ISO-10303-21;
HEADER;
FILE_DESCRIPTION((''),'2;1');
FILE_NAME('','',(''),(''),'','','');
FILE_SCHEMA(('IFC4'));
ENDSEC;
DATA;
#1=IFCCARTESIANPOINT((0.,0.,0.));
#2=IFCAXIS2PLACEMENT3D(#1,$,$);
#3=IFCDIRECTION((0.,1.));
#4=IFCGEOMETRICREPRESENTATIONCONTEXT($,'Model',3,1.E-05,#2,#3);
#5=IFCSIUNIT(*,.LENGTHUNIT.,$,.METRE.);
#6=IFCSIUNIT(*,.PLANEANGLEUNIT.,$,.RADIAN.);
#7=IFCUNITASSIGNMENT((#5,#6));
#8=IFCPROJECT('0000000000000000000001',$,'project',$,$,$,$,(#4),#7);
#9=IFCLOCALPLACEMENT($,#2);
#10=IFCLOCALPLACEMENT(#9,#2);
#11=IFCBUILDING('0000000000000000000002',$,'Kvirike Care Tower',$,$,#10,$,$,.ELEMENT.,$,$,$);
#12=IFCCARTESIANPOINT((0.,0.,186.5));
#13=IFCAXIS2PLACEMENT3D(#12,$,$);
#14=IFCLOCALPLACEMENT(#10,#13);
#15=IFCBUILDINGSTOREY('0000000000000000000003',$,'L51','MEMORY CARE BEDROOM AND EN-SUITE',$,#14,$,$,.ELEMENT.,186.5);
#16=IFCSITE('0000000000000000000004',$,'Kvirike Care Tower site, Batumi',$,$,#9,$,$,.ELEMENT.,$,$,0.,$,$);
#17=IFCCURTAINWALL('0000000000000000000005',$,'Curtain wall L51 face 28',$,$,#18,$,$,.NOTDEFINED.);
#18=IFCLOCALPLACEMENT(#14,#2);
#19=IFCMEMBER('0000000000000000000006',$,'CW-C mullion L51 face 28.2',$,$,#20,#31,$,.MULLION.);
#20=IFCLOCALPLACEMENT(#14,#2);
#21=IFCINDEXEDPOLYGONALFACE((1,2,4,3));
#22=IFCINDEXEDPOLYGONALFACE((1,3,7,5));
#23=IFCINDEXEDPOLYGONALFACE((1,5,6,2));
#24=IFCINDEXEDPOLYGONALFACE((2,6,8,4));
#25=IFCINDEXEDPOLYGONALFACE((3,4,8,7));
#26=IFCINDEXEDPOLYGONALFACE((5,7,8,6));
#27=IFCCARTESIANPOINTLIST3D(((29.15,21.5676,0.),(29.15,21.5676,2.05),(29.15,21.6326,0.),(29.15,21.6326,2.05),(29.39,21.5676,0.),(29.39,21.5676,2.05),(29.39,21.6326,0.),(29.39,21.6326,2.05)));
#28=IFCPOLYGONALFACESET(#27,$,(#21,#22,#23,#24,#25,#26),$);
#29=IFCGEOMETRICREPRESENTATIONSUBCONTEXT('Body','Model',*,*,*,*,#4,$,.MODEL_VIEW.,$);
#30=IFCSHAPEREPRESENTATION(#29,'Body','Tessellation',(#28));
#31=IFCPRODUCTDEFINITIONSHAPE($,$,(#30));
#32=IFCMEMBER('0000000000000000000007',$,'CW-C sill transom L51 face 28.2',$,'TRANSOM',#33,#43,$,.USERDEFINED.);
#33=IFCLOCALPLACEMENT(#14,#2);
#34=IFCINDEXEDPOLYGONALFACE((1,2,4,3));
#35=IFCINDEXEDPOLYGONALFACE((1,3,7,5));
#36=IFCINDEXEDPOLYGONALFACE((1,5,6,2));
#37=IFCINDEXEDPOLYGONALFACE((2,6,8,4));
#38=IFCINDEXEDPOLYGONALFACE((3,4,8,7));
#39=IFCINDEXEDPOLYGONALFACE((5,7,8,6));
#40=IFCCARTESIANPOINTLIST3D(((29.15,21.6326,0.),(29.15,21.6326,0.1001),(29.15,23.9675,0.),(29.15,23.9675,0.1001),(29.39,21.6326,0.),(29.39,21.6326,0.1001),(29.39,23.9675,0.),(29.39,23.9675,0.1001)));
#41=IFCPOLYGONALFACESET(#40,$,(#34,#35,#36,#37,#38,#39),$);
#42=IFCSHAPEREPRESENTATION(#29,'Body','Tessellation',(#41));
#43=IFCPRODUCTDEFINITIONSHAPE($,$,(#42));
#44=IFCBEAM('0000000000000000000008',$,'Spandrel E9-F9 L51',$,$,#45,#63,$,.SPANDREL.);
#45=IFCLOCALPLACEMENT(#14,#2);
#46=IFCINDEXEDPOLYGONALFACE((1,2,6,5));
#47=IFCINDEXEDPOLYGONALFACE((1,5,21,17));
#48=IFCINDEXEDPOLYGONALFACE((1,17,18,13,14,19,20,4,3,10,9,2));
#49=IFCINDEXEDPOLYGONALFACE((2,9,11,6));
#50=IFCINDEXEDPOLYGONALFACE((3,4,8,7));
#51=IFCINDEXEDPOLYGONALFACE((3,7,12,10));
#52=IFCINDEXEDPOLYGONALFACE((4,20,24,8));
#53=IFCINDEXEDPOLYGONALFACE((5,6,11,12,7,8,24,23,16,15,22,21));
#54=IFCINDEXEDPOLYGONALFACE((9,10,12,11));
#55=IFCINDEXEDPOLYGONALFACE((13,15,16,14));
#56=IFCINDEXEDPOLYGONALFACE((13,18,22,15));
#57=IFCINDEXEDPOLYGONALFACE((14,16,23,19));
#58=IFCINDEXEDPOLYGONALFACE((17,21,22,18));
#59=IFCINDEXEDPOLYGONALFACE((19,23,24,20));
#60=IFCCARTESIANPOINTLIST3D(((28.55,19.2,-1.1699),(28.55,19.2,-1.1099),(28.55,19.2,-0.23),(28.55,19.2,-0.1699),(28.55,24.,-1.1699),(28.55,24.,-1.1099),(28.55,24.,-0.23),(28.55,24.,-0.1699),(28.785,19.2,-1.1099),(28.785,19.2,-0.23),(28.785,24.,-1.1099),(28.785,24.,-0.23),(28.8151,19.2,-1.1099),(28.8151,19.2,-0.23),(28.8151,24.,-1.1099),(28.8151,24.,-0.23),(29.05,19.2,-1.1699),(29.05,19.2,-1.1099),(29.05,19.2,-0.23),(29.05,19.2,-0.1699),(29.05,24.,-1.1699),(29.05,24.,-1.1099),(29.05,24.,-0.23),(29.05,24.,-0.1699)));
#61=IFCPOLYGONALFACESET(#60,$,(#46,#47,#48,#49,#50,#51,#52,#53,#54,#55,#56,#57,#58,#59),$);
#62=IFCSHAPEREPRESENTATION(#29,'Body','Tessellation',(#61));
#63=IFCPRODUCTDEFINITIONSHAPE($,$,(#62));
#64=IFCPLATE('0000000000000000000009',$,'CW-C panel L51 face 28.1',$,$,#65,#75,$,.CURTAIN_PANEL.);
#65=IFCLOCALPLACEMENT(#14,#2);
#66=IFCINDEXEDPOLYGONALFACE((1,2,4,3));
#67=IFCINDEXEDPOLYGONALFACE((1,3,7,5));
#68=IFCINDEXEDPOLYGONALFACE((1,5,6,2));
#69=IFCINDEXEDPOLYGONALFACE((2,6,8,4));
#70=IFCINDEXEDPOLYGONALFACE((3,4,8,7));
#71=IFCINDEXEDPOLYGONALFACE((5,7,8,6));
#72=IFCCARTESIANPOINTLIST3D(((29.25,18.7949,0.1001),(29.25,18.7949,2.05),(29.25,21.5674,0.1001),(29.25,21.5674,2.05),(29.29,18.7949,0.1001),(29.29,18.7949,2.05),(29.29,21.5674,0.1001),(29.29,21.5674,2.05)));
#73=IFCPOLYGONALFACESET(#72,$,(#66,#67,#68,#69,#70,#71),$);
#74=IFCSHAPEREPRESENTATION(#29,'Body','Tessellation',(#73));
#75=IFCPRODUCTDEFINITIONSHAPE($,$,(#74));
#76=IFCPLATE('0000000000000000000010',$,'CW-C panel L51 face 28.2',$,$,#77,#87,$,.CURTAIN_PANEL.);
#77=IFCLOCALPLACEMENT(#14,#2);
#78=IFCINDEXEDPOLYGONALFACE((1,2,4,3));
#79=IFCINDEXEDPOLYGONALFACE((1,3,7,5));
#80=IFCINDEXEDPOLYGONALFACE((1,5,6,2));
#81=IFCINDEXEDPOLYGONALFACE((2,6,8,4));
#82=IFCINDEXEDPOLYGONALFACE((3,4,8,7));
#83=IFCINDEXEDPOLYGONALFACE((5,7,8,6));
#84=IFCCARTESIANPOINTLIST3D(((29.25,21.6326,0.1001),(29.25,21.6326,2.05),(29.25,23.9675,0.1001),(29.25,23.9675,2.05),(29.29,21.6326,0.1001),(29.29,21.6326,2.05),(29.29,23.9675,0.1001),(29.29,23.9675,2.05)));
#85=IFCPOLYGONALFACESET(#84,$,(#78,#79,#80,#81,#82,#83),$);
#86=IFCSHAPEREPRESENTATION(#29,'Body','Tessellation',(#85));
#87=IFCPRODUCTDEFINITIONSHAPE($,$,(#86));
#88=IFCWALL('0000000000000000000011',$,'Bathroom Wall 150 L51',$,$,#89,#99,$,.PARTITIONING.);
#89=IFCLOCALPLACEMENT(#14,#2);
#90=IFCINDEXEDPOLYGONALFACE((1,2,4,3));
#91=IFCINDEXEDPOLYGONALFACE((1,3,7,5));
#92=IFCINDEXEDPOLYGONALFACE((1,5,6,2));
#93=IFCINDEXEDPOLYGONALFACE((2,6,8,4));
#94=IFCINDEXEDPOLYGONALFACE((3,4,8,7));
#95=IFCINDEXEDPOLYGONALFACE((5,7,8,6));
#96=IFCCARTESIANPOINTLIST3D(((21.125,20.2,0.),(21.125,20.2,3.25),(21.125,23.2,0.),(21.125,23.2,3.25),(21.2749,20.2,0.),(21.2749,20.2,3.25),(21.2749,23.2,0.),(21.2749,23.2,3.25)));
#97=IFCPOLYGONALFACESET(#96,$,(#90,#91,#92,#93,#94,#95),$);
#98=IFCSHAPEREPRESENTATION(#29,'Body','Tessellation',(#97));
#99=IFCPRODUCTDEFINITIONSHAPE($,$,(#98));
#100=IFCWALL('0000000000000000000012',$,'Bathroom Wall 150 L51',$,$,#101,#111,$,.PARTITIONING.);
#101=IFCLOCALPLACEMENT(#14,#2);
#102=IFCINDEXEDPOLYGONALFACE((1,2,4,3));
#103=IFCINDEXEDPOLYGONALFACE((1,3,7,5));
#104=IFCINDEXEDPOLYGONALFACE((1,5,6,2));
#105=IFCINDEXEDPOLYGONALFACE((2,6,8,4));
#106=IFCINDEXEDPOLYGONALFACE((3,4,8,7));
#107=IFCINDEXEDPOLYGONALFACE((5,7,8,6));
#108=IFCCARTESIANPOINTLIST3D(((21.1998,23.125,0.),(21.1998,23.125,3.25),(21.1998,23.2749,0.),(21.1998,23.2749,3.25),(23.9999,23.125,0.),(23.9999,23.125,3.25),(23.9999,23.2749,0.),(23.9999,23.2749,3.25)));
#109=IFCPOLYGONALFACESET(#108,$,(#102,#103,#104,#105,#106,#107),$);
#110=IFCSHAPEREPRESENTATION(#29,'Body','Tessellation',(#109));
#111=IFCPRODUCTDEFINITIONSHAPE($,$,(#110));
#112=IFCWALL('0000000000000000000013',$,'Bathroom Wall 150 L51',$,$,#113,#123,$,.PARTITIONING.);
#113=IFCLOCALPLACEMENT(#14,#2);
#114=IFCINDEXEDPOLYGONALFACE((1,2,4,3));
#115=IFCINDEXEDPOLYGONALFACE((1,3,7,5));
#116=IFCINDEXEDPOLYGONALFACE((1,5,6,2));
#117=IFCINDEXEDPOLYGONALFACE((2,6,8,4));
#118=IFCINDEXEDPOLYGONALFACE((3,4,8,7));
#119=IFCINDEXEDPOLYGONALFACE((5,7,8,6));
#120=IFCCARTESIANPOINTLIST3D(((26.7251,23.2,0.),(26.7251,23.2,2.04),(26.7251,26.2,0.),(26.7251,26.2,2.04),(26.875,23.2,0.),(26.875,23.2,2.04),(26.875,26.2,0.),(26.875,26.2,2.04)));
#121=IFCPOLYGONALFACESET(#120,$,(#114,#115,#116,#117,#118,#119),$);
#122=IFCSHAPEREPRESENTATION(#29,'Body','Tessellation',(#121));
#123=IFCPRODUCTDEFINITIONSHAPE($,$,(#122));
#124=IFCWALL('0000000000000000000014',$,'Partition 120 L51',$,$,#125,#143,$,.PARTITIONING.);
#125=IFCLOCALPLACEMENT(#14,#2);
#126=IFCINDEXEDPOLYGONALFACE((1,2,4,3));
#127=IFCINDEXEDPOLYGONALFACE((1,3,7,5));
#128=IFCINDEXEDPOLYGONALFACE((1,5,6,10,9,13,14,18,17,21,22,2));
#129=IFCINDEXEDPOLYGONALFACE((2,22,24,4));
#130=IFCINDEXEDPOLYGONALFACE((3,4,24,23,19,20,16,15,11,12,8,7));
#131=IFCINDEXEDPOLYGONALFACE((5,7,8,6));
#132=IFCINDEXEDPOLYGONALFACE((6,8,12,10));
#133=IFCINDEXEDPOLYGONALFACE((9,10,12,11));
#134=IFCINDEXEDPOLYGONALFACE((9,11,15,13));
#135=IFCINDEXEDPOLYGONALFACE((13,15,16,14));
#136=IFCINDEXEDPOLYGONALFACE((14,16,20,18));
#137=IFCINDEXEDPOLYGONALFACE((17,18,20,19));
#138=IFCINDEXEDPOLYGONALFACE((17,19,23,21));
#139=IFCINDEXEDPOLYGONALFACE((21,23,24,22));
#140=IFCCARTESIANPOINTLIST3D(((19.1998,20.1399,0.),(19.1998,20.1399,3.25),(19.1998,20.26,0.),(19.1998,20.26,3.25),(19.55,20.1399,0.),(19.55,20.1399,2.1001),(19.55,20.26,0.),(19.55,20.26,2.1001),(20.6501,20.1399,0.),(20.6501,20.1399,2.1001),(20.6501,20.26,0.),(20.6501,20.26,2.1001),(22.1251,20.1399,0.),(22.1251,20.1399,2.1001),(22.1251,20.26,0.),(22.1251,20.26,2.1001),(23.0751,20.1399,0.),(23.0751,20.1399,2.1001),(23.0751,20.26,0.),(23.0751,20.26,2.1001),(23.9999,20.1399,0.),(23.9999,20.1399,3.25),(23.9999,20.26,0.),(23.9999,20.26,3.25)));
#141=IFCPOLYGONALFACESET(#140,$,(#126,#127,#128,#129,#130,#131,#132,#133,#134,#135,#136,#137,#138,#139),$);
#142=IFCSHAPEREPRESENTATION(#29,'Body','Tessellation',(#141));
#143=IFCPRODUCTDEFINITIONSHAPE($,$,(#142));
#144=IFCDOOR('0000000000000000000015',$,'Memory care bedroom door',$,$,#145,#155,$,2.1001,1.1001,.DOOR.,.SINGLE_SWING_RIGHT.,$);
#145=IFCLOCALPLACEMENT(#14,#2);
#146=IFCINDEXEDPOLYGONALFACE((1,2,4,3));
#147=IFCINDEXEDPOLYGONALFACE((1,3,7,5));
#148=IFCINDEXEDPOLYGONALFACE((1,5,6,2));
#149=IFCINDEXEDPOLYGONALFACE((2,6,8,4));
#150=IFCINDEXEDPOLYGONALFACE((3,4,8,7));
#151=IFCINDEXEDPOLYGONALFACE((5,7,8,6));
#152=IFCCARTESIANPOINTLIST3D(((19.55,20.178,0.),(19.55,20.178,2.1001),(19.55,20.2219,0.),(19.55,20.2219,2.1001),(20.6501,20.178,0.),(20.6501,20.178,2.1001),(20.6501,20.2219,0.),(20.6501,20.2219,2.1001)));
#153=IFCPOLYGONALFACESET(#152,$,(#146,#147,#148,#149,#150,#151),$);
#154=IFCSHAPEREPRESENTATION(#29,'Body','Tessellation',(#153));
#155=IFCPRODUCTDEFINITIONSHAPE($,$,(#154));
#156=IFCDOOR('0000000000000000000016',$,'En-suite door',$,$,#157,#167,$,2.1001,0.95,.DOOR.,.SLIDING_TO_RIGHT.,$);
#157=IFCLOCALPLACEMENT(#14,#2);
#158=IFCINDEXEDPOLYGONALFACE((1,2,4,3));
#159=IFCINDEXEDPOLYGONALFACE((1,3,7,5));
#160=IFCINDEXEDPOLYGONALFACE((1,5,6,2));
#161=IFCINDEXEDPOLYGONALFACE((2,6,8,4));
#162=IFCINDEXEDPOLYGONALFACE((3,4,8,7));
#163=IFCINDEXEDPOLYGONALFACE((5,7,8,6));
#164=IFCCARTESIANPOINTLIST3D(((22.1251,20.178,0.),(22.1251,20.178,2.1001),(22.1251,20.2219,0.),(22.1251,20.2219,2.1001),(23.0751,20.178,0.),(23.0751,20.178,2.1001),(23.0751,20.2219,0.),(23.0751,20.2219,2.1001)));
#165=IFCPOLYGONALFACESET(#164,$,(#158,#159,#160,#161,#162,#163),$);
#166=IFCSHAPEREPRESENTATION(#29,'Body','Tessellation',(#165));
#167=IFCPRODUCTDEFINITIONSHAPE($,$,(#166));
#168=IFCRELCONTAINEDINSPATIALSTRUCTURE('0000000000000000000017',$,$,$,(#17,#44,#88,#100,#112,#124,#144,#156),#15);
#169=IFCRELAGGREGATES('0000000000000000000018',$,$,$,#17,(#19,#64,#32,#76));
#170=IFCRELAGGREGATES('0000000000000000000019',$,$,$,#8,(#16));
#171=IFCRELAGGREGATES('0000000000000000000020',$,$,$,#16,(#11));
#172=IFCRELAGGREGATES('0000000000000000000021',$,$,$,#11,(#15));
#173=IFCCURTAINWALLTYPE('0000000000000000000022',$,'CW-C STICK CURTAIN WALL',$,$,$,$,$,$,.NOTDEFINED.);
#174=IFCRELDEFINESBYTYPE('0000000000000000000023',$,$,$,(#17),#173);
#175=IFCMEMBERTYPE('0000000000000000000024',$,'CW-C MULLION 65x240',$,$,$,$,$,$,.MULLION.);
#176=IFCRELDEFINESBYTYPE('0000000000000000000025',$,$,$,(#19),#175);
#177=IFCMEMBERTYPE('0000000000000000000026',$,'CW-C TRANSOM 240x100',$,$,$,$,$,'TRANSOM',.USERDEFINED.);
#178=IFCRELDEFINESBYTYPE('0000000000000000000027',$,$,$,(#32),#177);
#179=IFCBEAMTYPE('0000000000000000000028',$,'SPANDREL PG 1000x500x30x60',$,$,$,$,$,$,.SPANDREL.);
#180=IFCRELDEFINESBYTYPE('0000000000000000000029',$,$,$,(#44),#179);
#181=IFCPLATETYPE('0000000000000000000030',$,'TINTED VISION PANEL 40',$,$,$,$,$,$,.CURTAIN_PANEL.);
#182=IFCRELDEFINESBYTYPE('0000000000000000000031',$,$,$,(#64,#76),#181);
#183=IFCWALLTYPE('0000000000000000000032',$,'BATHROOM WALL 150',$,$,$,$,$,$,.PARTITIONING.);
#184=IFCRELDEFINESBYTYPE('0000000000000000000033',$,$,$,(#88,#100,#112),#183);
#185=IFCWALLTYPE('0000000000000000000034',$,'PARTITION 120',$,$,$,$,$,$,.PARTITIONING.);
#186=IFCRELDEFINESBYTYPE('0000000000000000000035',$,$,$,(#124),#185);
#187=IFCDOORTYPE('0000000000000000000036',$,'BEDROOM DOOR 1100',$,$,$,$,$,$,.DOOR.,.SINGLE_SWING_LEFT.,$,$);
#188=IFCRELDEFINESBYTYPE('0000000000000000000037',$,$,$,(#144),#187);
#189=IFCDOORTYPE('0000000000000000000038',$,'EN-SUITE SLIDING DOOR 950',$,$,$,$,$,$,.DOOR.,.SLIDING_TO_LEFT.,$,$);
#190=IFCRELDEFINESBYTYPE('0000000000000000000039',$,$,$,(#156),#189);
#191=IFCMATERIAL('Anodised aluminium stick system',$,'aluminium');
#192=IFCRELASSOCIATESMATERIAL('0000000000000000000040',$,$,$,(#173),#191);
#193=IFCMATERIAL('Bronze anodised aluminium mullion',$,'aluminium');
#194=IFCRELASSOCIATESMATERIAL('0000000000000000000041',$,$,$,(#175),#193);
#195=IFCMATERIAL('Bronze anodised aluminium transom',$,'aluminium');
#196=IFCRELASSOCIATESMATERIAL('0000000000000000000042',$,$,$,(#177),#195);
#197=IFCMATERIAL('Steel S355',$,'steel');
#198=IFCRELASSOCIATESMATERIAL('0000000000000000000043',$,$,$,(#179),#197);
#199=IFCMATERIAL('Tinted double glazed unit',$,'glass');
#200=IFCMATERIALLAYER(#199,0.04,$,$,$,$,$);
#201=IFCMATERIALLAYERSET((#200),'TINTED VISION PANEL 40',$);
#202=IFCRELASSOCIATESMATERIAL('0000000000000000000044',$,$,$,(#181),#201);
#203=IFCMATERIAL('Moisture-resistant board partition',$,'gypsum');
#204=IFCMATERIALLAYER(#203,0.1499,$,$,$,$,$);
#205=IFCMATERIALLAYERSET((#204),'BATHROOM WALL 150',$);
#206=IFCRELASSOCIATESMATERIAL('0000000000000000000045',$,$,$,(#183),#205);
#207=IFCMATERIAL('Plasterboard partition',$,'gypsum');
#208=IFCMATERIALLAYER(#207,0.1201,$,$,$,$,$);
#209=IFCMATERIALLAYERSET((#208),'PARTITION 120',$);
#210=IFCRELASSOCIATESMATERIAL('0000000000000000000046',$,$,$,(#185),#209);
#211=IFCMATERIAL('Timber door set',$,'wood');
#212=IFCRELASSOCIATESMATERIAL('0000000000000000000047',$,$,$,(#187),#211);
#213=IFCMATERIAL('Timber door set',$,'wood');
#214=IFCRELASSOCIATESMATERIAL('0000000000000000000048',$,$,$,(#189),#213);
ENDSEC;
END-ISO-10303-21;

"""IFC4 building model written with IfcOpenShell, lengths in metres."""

from ifc_helpers import new_model, si_unit, direction, frame, frame_2d, origin, origin_2d, place, context, subcontext, project, spatial, rectangle, i_section, extrude, material, layer, layer_set, material_profile, profile_set, type_object, element, fill, aggregate, save


model = new_model("IFC4")

# Units and contexts
model_context = context("Model", 3, precision=1e-05, world=origin(), true_north=direction((0.0, 1.0)))
body_context = subcontext(model_context, "Body", "Model", "MODEL_VIEW")
ifc_project = project(units=[si_unit("LENGTHUNIT", "METRE"), si_unit("PLANEANGLEUNIT", "RADIAN")], contexts=[model_context])

# Site, building, storey
site_placement = place(None, origin())
site = spatial("IfcSite", under=ifc_project, at=site_placement, Name="Kvirike Care Tower site, Batumi", CompositionType="ELEMENT", RefElevation=0.0)
building_placement = place(site_placement, origin())
building = spatial("IfcBuilding", under=site, at=building_placement, Name="Kvirike Care Tower", CompositionType="ELEMENT")
storey_placement = place(building_placement, frame((0.0, 0.0, 186.5)))
storey = spatial("IfcBuildingStorey", under=building, at=storey_placement, Name="L51", Description="MEMORY CARE BEDROOM AND EN-SUITE", CompositionType="ELEMENT", Elevation=186.5)

# Curtain wall, members
ifc_material_1 = material(Name="Anodised aluminium stick system", Category="aluminium")
curtain_wall_type = type_object("IfcCurtainWallType", Name="CW-C STICK CURTAIN WALL", PredefinedType="NOTDEFINED", material=ifc_material_1)
curtain_wall_placement = place(storey_placement, origin())
curtain_wall = element("IfcCurtainWall", 1, at=curtain_wall_placement, inside=storey, type_object=curtain_wall_type, Name="Curtain wall L51 face 28", PredefinedType="NOTDEFINED")
ifc_material_2 = material(Name="Bronze anodised aluminium mullion", Category="aluminium")
ifc_material_profile_1 = material_profile(ifc_material_2, rectangle(XDim=0.0649, YDim=0.24, at=origin_2d()), Name="CW-C MULLION 65x240")
ifc_profile_set_1 = profile_set([ifc_material_profile_1], Name="Bronze anodised aluminium mullion")
member_type_1 = type_object("IfcMemberType", Name="CW-C MULLION 65x240", PredefinedType="MULLION", material=ifc_profile_set_1)
member_1_placement = place(storey_placement, frame((29.27, 21.6001, 0.0), z_axis=(0.0, 0.0, 1.0), x_axis=(0.0, 1.0, 0.0)))
member_1 = element("IfcMember", 2, at=member_1_placement, type_object=member_type_1, Name="CW-C mullion L51 face 28.2", PredefinedType="MULLION", context=body_context, shape_type="SweptSolid", body=[
    extrude(rectangle(XDim=0.0649, YDim=0.24, at=origin_2d()), origin(), (0.0, 0.0, 1.0), 2.05),
])
ifc_material_3 = material(Name="Bronze anodised aluminium transom", Category="aluminium")
ifc_material_profile_2 = material_profile(ifc_material_3, rectangle(XDim=0.24, YDim=0.1001, at=origin_2d()), Name="CW-C TRANSOM 240x100")
ifc_profile_set_2 = profile_set([ifc_material_profile_2], Name="Bronze anodised aluminium transom")
member_type_2 = type_object("IfcMemberType", Name="CW-C TRANSOM 240x100", ElementType="TRANSOM", PredefinedType="USERDEFINED", material=ifc_profile_set_2)
member_2_placement = place(storey_placement, frame((29.27, 21.6326, 0.05), z_axis=(0.0, 1.0, 0.0), x_axis=(-1.0, 0.0, 0.0)))
member_2 = element("IfcMember", 3, at=member_2_placement, type_object=member_type_2, Name="CW-C sill transom L51 face 28.2", ObjectType="TRANSOM", PredefinedType="USERDEFINED", context=body_context, shape_type="SweptSolid", body=[
    extrude(rectangle(XDim=0.24, YDim=0.1001, at=origin_2d()), origin(), (0.0, 0.0, 1.0), 2.335),
])

# Beam
ifc_material_4 = material(Name="Steel S355", Category="steel")
ifc_material_profile_3 = material_profile(ifc_material_4, i_section(OverallWidth=0.5, OverallDepth=1.0, WebThickness=0.03, FlangeThickness=0.0601, at=origin_2d()), Name="PG 1000x500x30x60")
ifc_profile_set_3 = profile_set([ifc_material_profile_3], Name="Steel S355")
beam_type = type_object("IfcBeamType", Name="SPANDREL PG 1000x500x30x60", PredefinedType="SPANDREL", material=ifc_profile_set_3)
beam_placement = place(storey_placement, frame((28.8, 19.2, -0.6699), z_axis=(0.0, 1.0, 0.0), x_axis=(-1.0, 0.0, 0.0)))
element("IfcBeam", 4, at=beam_placement, inside=storey, type_object=beam_type, Name="Spandrel E9-F9 L51", PredefinedType="SPANDREL", context=body_context, shape_type="SweptSolid", body=[
    extrude(i_section(OverallWidth=0.5, OverallDepth=1.0, WebThickness=0.03, FlangeThickness=0.0601, at=origin_2d()), origin(), (0.0, 0.0, 1.0), 4.8),
])

# Plates
ifc_material_5 = material(Name="Tinted double glazed unit", Category="glass")
ifc_layer_1 = layer(ifc_material_5, 0.04)
ifc_layer_set_1 = layer_set([ifc_layer_1], Name="TINTED VISION PANEL 40")
plate_type = type_object("IfcPlateType", Name="TINTED VISION PANEL 40", PredefinedType="CURTAIN_PANEL", material=ifc_layer_set_1)
plate_1_placement = place(storey_placement, frame((29.27, 20.1812, 0.1001), z_axis=(0.0, 0.0, 1.0), x_axis=(0.0, 1.0, 0.0)))
plate_1 = element("IfcPlate", 5, at=plate_1_placement, type_object=plate_type, Name="CW-C panel L51 face 28.1", PredefinedType="CURTAIN_PANEL", context=body_context, shape_type="SweptSolid", body=[
    extrude(rectangle(XDim=2.7725, YDim=0.04, at=origin_2d()), origin(), (0.0, 0.0, 1.0), 1.95),
])
plate_2_placement = place(storey_placement, frame((29.27, 22.8, 0.1001), z_axis=(0.0, 0.0, 1.0), x_axis=(0.0, 1.0, 0.0)))
plate_2 = element("IfcPlate", 6, at=plate_2_placement, type_object=plate_type, Name="CW-C panel L51 face 28.2", PredefinedType="CURTAIN_PANEL", context=body_context, shape_type="SweptSolid", body=[
    extrude(rectangle(XDim=2.335, YDim=0.04, at=origin_2d()), origin(), (0.0, 0.0, 1.0), 1.95),
])
aggregate(curtain_wall, [member_1, plate_1, member_2, plate_2])

# Walls
ifc_material_6 = material(Name="Moisture-resistant board partition", Category="gypsum")
ifc_layer_2 = layer(ifc_material_6, 0.1499)
ifc_layer_set_2 = layer_set([ifc_layer_2], Name="BATHROOM WALL 150")
wall_type_1 = type_object("IfcWallType", Name="BATHROOM WALL 150", PredefinedType="PARTITIONING", material=ifc_layer_set_2)
wall_1_placement = place(storey_placement, frame((21.2, 20.2, 0.0), z_axis=(0.0, 0.0, 1.0), x_axis=(0.0, 1.0, 0.0)))
element("IfcWall", 7, at=wall_1_placement, inside=storey, type_object=wall_type_1, Name="Bathroom Wall 150 L51", PredefinedType="PARTITIONING", context=body_context, shape_type="SweptSolid", body=[
    extrude(rectangle(XDim=3.0, YDim=0.1499, at=frame_2d((1.5, 0.0))), origin(), (0.0, 0.0, 1.0), 3.25),
])
wall_2_placement = place(storey_placement, frame((21.2, 23.2, 0.0), z_axis=(0.0, 0.0, 1.0), x_axis=(1.0, 0.0, 0.0)))
element("IfcWall", 8, at=wall_2_placement, inside=storey, type_object=wall_type_1, Name="Bathroom Wall 150 L51", PredefinedType="PARTITIONING", context=body_context, shape_type="SweptSolid", body=[
    extrude(rectangle(XDim=2.8, YDim=0.1499, at=frame_2d((1.3999, 0.0))), origin(), (0.0, 0.0, 1.0), 3.25),
])
wall_3_placement = place(storey_placement, frame((26.8, 23.2, 0.0), z_axis=(0.0, 0.0, 1.0), x_axis=(0.0, 1.0, 0.0)))
element("IfcWall", 9, at=wall_3_placement, inside=storey, type_object=wall_type_1, Name="Bathroom Wall 150 L51", PredefinedType="PARTITIONING", context=body_context, shape_type="SweptSolid", body=[
    extrude(rectangle(XDim=3.0, YDim=0.1499, at=frame_2d((1.5, 0.0))), origin(), (0.0, 0.0, 1.0), 2.04),
])

# Wall, openings, doors
ifc_material_7 = material(Name="Plasterboard partition", Category="gypsum")
ifc_layer_3 = layer(ifc_material_7, 0.1201)
ifc_layer_set_3 = layer_set([ifc_layer_3], Name="PARTITION 120")
wall_type_2 = type_object("IfcWallType", Name="PARTITION 120", PredefinedType="PARTITIONING", material=ifc_layer_set_3)
wall_4_placement = place(storey_placement, frame((19.2, 20.2, 0.0), z_axis=(0.0, 0.0, 1.0), x_axis=(1.0, 0.0, 0.0)))
wall_4 = element("IfcWall", 10, at=wall_4_placement, inside=storey, type_object=wall_type_2, Name="Partition 120 L51", PredefinedType="PARTITIONING", context=body_context, shape_type="SweptSolid", body=[
    extrude(rectangle(XDim=4.8, YDim=0.1201, at=frame_2d((2.3999, 0.0))), origin(), (0.0, 0.0, 1.0), 3.25),
])
opening_1_placement = place(wall_4_placement, frame((0.3501, 0.0, 0.0)))
opening_1 = element("IfcOpeningElement", 11, at=opening_1_placement, cuts=wall_4, PredefinedType="OPENING", context=body_context, shape_type="SweptSolid", body=[
    extrude(rectangle(XDim=1.1001, YDim=2.1001, at=frame_2d((0.55, 1.05))), frame((0.0, 0.0706, 0.0), z_axis=(0.0, -1.0, 0.0), x_axis=(1.0, 0.0, 0.0)), (0.0, 0.0, 1.0), 0.1411),
])
opening_2_placement = place(wall_4_placement, frame((2.925, 0.0, 0.0)))
opening_2 = element("IfcOpeningElement", 12, at=opening_2_placement, cuts=wall_4, PredefinedType="OPENING", context=body_context, shape_type="SweptSolid", body=[
    extrude(rectangle(XDim=0.95, YDim=2.1001, at=frame_2d((0.4751, 1.05))), frame((0.0, 0.0706, 0.0), z_axis=(0.0, -1.0, 0.0), x_axis=(1.0, 0.0, 0.0)), (0.0, 0.0, 1.0), 0.1411),
])
ifc_material_8 = material(Name="Timber door set", Category="wood")
door_type_1 = type_object("IfcDoorType", Name="BEDROOM DOOR 1100", OperationType="SINGLE_SWING_LEFT", PredefinedType="DOOR", material=ifc_material_8)
door_1_placement = place(opening_1_placement, origin())
door_1 = element("IfcDoor", 13, at=door_1_placement, inside=storey, type_object=door_type_1, Name="Memory care bedroom door", OperationType="SINGLE_SWING_RIGHT", OverallHeight=2.1001, OverallWidth=1.1001, PredefinedType="DOOR", context=body_context, shape_type="SweptSolid", body=[
    extrude(rectangle(XDim=1.1001, YDim=2.1001, at=frame_2d((0.55, 1.05))), frame((0.0, 0.022, 0.0), z_axis=(0.0, -1.0, 0.0), x_axis=(1.0, 0.0, 0.0)), (0.0, 0.0, 1.0), 0.0439),
])
fill(opening_1, door_1)
ifc_material_9 = material(Name="Timber door set", Category="wood")
door_type_2 = type_object("IfcDoorType", Name="EN-SUITE SLIDING DOOR 950", OperationType="SLIDING_TO_LEFT", PredefinedType="DOOR", material=ifc_material_9)
door_2_placement = place(opening_2_placement, origin())
door_2 = element("IfcDoor", 14, at=door_2_placement, inside=storey, type_object=door_type_2, Name="En-suite door", OperationType="SLIDING_TO_RIGHT", OverallHeight=2.1001, OverallWidth=0.95, PredefinedType="DOOR", context=body_context, shape_type="SweptSolid", body=[
    extrude(rectangle(XDim=0.95, YDim=2.1001, at=frame_2d((0.4751, 1.05))), frame((0.0, 0.022, 0.0), z_axis=(0.0, -1.0, 0.0), x_axis=(1.0, 0.0, 0.0)), (0.0, 0.0, 1.0), 0.0439),
])
fill(opening_2, door_2)

save(model, "model.ifc")
